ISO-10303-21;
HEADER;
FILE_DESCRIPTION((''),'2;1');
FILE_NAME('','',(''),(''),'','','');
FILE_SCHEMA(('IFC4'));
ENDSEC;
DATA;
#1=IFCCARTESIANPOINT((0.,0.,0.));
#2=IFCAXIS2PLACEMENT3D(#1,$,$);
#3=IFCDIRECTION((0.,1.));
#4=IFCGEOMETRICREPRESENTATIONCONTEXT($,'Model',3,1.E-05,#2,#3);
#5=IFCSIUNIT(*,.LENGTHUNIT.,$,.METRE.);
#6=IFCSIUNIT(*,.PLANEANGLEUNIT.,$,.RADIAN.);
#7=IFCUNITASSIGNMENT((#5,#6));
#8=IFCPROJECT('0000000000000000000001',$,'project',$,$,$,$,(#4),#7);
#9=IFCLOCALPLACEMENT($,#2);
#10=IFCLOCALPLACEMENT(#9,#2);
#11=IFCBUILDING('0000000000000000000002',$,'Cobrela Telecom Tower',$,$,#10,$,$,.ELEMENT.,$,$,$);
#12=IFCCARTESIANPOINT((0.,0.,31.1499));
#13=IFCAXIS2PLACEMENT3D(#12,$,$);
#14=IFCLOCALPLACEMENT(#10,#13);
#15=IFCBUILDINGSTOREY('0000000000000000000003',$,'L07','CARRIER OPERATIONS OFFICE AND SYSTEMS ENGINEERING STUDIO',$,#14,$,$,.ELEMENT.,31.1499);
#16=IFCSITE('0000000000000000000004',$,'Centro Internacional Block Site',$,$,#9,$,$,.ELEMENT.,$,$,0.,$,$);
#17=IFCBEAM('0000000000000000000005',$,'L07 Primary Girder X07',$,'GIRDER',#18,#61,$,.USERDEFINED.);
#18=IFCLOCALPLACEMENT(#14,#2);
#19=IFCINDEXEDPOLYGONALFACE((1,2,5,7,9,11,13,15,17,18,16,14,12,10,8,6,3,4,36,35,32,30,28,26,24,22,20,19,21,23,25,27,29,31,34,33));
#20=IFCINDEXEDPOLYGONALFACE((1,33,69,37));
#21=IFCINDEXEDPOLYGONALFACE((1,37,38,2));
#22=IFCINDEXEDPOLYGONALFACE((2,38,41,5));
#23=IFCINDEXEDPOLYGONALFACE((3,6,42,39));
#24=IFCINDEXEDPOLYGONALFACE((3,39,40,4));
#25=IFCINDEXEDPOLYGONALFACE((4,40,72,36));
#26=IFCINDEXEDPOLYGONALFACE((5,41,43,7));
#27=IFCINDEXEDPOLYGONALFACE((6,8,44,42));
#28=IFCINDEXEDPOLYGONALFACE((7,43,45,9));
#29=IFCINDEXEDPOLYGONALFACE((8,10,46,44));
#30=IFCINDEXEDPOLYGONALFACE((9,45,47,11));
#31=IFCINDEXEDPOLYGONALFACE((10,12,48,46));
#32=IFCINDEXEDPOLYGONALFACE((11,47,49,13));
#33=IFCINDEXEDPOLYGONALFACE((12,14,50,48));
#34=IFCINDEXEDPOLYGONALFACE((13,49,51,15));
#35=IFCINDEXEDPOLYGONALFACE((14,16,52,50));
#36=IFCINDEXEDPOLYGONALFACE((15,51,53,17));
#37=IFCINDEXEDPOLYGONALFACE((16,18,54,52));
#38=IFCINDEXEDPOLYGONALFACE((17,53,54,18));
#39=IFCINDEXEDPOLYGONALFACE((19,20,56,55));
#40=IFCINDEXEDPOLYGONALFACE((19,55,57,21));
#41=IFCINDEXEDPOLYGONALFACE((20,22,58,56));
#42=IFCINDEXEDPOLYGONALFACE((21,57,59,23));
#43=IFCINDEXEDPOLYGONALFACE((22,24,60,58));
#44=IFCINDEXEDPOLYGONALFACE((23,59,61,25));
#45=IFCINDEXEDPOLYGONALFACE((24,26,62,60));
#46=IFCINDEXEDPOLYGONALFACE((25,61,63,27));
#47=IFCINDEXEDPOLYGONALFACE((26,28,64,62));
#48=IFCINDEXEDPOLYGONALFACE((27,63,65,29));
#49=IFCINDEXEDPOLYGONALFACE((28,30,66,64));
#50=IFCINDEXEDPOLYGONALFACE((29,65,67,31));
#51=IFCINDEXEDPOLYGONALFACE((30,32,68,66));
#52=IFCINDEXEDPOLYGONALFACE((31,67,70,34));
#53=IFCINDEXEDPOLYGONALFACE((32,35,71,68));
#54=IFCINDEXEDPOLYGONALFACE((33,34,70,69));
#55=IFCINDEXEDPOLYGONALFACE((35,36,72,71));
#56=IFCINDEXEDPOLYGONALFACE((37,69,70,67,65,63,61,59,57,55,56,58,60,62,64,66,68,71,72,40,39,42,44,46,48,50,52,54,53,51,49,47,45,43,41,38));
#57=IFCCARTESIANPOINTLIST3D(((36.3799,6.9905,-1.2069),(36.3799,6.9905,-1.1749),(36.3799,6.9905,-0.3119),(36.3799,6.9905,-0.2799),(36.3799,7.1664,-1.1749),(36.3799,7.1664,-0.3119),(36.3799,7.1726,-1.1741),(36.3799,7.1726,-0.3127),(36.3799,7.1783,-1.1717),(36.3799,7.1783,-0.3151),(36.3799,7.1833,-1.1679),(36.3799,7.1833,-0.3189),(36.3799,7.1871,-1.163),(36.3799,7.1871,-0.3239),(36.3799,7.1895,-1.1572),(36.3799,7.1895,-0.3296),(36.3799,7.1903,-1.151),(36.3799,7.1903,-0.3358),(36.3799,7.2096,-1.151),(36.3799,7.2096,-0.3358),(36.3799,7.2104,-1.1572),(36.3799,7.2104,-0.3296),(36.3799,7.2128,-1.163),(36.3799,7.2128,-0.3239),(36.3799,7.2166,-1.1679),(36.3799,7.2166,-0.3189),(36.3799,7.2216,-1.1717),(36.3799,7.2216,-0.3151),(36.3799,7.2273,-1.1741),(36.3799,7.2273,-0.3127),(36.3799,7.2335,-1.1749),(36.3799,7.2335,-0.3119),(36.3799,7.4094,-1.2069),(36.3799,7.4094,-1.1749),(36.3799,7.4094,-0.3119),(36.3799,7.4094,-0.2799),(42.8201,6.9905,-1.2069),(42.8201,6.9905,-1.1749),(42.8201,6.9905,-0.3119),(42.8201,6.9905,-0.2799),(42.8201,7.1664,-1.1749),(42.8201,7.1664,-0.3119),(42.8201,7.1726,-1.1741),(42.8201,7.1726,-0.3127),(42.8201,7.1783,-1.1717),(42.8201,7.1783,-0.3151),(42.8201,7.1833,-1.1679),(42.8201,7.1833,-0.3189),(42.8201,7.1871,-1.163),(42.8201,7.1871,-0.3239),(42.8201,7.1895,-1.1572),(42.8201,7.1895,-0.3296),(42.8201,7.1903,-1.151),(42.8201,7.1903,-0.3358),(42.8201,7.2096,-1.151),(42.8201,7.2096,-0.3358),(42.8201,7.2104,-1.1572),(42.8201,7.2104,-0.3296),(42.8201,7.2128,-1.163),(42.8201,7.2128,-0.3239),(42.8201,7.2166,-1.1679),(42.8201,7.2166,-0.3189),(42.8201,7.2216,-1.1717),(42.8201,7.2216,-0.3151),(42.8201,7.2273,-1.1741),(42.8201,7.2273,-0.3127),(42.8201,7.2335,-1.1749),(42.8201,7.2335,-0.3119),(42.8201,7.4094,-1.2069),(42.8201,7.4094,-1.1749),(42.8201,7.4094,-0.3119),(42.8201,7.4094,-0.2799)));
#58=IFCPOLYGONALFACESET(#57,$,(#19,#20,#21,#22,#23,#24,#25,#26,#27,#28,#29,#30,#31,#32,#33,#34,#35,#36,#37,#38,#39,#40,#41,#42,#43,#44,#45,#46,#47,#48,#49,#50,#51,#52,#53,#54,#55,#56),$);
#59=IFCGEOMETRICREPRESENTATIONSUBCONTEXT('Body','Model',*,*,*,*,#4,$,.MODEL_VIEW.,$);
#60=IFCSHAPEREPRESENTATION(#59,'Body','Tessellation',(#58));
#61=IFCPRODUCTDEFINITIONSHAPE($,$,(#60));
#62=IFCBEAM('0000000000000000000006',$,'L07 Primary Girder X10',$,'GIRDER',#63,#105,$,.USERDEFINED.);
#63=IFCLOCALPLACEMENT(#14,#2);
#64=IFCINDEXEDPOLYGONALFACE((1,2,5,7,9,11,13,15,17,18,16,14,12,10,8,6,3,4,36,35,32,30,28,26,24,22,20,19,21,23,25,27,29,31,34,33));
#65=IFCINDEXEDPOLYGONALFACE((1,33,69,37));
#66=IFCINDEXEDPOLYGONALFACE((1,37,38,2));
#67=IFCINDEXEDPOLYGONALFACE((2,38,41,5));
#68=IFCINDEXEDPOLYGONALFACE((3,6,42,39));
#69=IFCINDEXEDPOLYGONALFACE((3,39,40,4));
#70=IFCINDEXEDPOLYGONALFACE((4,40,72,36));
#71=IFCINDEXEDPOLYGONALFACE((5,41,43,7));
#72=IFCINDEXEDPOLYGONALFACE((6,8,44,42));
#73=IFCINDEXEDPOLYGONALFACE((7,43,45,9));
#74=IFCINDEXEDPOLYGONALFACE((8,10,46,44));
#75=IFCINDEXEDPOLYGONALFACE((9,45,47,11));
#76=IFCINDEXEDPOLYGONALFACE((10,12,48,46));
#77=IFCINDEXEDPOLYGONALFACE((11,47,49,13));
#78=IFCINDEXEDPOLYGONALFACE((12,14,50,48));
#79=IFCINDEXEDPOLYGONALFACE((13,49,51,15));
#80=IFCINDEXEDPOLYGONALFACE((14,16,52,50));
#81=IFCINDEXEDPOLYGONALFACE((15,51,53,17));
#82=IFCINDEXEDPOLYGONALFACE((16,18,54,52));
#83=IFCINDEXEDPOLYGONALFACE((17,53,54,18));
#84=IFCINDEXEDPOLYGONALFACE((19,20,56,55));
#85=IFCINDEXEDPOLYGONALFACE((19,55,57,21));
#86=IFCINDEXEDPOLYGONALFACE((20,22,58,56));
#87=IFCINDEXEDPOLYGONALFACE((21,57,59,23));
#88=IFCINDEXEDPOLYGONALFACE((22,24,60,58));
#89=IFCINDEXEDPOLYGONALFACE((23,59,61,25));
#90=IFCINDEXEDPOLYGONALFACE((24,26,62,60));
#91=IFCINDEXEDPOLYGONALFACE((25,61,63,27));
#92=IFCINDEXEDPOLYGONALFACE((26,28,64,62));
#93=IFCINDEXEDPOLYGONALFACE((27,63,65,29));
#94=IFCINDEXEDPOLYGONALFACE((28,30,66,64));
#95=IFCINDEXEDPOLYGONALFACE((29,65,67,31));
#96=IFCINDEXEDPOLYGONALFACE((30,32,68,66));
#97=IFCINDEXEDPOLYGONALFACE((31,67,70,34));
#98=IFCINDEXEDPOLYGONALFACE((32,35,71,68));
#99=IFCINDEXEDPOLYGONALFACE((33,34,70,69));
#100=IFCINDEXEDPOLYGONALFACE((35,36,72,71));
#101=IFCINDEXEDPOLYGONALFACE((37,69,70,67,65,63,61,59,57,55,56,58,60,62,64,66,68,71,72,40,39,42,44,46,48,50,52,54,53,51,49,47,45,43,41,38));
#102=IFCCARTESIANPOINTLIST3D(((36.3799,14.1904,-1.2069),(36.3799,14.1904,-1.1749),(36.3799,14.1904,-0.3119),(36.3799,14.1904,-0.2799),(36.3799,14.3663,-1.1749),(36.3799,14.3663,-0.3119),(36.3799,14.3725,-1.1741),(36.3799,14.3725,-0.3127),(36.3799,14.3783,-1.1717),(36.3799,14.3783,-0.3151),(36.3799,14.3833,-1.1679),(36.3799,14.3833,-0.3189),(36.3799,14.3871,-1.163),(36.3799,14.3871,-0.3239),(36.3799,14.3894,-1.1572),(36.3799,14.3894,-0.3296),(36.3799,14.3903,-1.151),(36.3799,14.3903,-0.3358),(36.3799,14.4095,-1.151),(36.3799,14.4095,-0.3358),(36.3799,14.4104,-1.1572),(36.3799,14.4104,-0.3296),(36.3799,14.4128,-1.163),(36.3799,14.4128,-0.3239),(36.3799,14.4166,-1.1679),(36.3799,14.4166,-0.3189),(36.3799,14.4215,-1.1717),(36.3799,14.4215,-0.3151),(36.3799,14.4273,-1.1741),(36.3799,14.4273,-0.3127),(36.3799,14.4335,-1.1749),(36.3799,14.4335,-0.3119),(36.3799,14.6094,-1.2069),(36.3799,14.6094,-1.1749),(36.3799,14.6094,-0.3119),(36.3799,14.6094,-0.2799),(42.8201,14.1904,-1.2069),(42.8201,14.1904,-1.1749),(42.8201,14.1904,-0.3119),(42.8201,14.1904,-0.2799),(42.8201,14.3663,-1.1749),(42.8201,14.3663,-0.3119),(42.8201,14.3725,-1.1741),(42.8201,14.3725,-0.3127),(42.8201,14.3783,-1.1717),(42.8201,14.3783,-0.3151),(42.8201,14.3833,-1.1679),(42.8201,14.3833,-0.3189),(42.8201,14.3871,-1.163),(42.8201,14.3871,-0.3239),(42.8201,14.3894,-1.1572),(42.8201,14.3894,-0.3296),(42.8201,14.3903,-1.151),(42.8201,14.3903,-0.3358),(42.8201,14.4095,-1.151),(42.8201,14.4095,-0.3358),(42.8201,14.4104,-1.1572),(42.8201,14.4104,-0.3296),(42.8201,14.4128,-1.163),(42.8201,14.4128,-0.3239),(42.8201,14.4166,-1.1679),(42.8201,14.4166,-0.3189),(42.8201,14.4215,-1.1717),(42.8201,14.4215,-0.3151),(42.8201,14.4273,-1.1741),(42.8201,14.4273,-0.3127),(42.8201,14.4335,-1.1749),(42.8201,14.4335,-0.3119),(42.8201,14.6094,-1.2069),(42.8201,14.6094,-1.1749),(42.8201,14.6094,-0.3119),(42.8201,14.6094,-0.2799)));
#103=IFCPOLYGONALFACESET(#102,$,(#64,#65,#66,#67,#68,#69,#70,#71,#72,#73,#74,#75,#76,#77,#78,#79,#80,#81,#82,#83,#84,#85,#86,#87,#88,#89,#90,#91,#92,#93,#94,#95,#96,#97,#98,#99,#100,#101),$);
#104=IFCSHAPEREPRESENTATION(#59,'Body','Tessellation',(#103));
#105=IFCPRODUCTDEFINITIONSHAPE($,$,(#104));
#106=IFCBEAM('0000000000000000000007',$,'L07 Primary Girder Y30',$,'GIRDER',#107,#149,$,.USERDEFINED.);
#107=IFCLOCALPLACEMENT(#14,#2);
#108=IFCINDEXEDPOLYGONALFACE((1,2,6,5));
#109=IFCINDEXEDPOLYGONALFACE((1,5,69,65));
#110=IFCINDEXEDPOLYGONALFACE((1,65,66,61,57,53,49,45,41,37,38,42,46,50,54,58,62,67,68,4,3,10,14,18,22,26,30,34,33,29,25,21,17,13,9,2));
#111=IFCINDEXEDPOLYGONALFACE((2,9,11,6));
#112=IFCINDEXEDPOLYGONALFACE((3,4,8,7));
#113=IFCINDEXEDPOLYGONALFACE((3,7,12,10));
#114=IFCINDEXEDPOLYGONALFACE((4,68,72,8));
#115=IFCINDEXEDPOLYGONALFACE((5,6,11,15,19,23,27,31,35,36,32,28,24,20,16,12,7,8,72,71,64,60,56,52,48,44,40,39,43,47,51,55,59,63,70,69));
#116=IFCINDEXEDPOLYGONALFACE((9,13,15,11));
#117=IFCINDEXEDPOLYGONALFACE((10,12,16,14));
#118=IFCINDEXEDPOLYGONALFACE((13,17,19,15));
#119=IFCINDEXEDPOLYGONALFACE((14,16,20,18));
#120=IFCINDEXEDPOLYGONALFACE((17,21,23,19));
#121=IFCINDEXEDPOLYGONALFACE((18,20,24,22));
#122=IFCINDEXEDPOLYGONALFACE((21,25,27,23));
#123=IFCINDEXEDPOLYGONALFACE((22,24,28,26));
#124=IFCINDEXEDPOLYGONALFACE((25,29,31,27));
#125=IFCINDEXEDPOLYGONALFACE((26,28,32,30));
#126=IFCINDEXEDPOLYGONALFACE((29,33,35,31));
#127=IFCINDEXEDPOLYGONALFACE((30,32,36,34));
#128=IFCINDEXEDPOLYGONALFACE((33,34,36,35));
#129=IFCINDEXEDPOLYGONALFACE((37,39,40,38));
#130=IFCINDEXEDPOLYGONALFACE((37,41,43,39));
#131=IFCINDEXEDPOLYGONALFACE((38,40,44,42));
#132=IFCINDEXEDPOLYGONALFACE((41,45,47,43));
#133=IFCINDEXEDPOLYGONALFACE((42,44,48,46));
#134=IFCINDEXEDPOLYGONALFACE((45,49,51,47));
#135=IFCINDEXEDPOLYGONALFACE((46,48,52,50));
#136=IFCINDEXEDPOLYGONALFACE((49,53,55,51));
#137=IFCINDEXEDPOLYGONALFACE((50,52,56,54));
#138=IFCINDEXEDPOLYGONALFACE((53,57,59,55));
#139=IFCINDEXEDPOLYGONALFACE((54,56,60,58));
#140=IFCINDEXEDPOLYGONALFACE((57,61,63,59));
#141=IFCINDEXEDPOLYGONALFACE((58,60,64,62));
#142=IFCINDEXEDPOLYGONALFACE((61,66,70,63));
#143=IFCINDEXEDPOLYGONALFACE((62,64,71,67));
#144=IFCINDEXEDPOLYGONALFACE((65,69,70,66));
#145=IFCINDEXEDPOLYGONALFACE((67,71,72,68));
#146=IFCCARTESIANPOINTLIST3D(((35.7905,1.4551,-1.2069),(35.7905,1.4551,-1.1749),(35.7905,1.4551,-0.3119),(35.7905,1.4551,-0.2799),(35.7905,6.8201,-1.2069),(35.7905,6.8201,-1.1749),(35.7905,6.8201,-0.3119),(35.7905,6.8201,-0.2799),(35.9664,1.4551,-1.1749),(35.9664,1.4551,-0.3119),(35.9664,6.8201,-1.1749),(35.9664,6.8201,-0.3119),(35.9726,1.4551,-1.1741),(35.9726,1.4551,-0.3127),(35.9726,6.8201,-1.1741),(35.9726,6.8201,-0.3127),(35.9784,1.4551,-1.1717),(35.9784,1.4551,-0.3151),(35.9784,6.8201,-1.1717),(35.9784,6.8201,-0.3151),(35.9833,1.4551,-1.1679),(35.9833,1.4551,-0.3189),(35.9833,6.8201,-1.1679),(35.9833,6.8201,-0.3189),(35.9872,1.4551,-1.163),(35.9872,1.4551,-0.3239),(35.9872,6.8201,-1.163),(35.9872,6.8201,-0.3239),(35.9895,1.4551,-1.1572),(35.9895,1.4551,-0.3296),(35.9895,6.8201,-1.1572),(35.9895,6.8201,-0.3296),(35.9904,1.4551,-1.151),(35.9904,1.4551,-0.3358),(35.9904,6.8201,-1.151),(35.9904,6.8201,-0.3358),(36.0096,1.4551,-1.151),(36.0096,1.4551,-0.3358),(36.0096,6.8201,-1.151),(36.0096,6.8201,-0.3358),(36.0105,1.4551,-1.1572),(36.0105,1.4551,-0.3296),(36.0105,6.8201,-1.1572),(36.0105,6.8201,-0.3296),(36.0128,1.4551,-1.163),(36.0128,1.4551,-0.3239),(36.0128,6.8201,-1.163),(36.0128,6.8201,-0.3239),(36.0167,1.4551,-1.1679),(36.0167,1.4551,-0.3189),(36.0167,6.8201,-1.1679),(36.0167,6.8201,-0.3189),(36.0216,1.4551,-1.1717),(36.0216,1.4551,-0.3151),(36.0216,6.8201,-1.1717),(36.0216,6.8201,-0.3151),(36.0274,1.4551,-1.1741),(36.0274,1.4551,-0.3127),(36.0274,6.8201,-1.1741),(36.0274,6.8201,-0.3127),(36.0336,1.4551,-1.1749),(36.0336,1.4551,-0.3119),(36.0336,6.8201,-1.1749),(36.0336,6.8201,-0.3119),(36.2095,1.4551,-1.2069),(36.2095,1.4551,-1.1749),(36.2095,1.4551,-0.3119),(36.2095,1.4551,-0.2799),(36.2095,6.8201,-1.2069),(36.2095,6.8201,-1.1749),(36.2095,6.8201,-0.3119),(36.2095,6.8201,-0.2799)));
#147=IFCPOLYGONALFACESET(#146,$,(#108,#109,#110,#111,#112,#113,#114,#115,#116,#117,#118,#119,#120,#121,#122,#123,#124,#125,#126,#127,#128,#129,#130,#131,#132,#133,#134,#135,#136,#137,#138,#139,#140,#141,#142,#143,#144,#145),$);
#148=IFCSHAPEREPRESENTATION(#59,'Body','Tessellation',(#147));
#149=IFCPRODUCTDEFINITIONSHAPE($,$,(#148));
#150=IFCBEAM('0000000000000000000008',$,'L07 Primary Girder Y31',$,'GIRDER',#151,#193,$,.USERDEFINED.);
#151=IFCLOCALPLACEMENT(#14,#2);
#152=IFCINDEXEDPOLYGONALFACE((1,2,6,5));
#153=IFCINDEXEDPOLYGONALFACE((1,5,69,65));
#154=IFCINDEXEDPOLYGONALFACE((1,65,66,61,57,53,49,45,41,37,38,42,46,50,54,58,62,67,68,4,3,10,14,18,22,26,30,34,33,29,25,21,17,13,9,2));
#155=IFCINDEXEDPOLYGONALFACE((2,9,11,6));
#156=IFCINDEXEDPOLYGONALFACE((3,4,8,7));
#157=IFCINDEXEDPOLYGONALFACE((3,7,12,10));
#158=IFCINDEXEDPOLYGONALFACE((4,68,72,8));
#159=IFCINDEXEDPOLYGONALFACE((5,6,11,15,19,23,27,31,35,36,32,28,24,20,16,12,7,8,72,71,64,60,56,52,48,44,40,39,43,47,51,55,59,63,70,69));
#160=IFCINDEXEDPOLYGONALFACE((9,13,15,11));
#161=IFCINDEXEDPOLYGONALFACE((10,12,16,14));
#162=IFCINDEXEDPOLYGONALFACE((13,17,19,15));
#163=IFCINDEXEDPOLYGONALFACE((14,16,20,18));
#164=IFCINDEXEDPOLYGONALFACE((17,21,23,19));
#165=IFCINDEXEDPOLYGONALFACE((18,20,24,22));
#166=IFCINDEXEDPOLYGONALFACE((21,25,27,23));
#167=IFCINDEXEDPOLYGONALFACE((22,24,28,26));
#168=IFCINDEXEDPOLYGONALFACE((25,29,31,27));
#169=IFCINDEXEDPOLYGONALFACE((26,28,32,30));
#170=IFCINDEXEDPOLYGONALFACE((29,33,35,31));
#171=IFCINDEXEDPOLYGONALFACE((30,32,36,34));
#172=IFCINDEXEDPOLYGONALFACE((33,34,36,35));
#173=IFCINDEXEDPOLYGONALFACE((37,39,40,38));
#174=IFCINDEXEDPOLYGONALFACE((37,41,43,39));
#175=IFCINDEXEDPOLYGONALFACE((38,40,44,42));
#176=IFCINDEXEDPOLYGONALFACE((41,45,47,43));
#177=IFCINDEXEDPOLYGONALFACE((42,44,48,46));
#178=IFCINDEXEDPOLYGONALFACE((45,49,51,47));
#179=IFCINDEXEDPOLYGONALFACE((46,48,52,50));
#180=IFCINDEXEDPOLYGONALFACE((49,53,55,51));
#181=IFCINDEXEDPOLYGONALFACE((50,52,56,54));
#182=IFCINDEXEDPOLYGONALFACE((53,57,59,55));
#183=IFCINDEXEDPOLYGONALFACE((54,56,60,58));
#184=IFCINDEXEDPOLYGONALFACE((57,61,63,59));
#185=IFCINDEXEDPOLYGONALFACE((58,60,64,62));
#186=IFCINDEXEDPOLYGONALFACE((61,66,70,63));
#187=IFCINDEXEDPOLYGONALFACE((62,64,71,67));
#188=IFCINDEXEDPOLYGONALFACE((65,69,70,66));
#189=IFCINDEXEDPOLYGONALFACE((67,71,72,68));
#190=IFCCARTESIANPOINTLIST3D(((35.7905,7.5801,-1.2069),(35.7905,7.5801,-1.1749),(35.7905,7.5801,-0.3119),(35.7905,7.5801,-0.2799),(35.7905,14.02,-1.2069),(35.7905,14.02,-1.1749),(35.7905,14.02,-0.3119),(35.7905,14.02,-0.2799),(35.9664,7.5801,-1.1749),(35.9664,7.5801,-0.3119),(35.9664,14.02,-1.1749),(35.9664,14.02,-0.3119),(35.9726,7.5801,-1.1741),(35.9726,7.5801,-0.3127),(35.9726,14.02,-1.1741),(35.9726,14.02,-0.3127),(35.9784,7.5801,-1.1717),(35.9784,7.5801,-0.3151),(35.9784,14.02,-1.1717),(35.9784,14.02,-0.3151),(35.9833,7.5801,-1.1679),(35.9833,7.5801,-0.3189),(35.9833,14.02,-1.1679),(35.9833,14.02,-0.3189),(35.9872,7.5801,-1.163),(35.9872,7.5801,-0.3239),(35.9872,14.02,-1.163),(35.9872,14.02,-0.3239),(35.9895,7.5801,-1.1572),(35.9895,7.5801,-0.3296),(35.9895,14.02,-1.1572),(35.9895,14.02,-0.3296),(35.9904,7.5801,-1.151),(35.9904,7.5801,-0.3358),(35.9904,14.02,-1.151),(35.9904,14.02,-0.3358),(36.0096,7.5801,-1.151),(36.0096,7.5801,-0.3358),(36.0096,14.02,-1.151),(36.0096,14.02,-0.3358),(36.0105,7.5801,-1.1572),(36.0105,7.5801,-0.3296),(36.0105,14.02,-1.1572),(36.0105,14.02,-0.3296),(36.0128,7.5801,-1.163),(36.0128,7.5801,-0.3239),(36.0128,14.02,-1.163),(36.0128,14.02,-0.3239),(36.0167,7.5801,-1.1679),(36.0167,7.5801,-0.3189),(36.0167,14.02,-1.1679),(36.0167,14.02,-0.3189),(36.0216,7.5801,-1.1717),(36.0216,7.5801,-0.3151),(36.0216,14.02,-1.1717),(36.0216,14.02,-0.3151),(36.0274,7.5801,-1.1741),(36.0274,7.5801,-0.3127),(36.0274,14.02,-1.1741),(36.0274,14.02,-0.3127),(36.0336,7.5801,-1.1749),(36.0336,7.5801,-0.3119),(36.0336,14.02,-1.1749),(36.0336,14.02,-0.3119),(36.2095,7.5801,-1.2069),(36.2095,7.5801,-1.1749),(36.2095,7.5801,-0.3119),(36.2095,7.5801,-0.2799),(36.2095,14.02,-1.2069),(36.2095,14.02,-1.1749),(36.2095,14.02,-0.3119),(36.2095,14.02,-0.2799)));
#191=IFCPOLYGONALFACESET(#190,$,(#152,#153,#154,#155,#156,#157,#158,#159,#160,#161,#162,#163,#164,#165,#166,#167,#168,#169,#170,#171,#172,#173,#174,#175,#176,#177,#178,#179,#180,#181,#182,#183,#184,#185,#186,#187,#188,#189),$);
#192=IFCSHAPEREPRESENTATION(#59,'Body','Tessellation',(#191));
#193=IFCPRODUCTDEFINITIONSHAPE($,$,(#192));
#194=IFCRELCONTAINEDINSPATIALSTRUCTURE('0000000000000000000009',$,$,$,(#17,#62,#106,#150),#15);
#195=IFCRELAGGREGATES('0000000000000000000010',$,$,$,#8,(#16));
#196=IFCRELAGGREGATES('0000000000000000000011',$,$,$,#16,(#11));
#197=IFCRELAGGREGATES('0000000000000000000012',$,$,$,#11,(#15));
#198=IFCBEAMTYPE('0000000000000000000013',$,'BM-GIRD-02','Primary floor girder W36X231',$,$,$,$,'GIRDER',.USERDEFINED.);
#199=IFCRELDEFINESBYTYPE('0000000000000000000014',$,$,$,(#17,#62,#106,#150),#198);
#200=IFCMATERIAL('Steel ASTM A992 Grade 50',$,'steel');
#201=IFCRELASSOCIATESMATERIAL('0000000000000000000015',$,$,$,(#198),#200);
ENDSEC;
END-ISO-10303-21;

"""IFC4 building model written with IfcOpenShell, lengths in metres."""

from ifc_helpers import new_model, si_unit, direction, frame, origin, origin_2d, place, context, subcontext, project, spatial, i_section, extrude, material, material_profile, profile_set, type_object, element, save


model = new_model("IFC4")

# Units and contexts
model_context = context("Model", 3, precision=1e-05, world=origin(), true_north=direction((0.0, 1.0)))
body_context = subcontext(model_context, "Body", "Model", "MODEL_VIEW")
ifc_project = project(units=[si_unit("LENGTHUNIT", "METRE"), si_unit("PLANEANGLEUNIT", "RADIAN")], contexts=[model_context])

# Site, building, storey
site_placement = place(None, origin())
site = spatial("IfcSite", under=ifc_project, at=site_placement, Name="Centro Internacional Block Site", CompositionType="ELEMENT", RefElevation=0.0)
building_placement = place(site_placement, origin())
building = spatial("IfcBuilding", under=site, at=building_placement, Name="Cobrela Telecom Tower", CompositionType="ELEMENT")
storey_placement = place(building_placement, frame((0.0, 0.0, 31.1499)))
storey = spatial("IfcBuildingStorey", under=building, at=storey_placement, Name="L07", Description="CARRIER OPERATIONS OFFICE AND SYSTEMS ENGINEERING STUDIO", CompositionType="ELEMENT", Elevation=31.1499)

# Shared definitions
ifc_material_1 = material(Name="Steel ASTM A992 Grade 50", Category="steel")

# Beams
ifc_material_profile_1 = material_profile(ifc_material_1, i_section(OverallWidth=0.4189, OverallDepth=0.927, WebThickness=0.0193, FlangeThickness=0.032, FilletRadius=0.0239, at=origin_2d()), Name="W36X231")
ifc_profile_set_1 = profile_set([ifc_material_profile_1], Name="Steel ASTM A992 Grade 50")
beam_type_1 = type_object("IfcBeamType", Name="BM-GIRD-02", Description="Primary floor girder W36X231", ElementType="GIRDER", PredefinedType="USERDEFINED", material=ifc_profile_set_1)
for number, where, z_axis, x_axis, name in (
    (1, (36.3799, 7.2, -0.7434), (1.0, 0.0, 0.0), (0.0, 1.0, 0.0), "L07 Primary Girder X07"),
    (2, (36.3799, 14.3999, -0.7434), (1.0, 0.0, 0.0), (0.0, 1.0, 0.0), "L07 Primary Girder X10"),
):
    element("IfcBeam", number, at=place(storey_placement, frame(where, z_axis=z_axis, x_axis=x_axis)), inside=storey, type_object=beam_type_1, Name=name, ObjectType="GIRDER", PredefinedType="USERDEFINED", context=body_context, shape_type="SweptSolid", body=[
        extrude(i_section(OverallWidth=0.4189, OverallDepth=0.927, WebThickness=0.0193, FlangeThickness=0.032, FilletRadius=0.0239, at=origin_2d()), origin(), (0.0, 0.0, 1.0), 6.4402),
    ])
beam_1_placement = place(storey_placement, frame((36.0, 1.4551, -0.7434), z_axis=(0.0, 1.0, 0.0), x_axis=(-1.0, 0.0, 0.0)))
element("IfcBeam", 3, at=beam_1_placement, inside=storey, type_object=beam_type_1, Name="L07 Primary Girder Y30", ObjectType="GIRDER", PredefinedType="USERDEFINED", context=body_context, shape_type="SweptSolid", body=[
    extrude(i_section(OverallWidth=0.4189, OverallDepth=0.927, WebThickness=0.0193, FlangeThickness=0.032, FilletRadius=0.0239, at=origin_2d()), origin(), (0.0, 0.0, 1.0), 5.365),
])
beam_2_placement = place(storey_placement, frame((36.0, 7.5801, -0.7434), z_axis=(0.0, 1.0, 0.0), x_axis=(-1.0, 0.0, 0.0)))
element("IfcBeam", 4, at=beam_2_placement, inside=storey, type_object=beam_type_1, Name="L07 Primary Girder Y31", ObjectType="GIRDER", PredefinedType="USERDEFINED", context=body_context, shape_type="SweptSolid", body=[
    extrude(i_section(OverallWidth=0.4189, OverallDepth=0.927, WebThickness=0.0193, FlangeThickness=0.032, FilletRadius=0.0239, at=origin_2d()), origin(), (0.0, 0.0, 1.0), 6.4399),
])

save(model, "model.ifc")
